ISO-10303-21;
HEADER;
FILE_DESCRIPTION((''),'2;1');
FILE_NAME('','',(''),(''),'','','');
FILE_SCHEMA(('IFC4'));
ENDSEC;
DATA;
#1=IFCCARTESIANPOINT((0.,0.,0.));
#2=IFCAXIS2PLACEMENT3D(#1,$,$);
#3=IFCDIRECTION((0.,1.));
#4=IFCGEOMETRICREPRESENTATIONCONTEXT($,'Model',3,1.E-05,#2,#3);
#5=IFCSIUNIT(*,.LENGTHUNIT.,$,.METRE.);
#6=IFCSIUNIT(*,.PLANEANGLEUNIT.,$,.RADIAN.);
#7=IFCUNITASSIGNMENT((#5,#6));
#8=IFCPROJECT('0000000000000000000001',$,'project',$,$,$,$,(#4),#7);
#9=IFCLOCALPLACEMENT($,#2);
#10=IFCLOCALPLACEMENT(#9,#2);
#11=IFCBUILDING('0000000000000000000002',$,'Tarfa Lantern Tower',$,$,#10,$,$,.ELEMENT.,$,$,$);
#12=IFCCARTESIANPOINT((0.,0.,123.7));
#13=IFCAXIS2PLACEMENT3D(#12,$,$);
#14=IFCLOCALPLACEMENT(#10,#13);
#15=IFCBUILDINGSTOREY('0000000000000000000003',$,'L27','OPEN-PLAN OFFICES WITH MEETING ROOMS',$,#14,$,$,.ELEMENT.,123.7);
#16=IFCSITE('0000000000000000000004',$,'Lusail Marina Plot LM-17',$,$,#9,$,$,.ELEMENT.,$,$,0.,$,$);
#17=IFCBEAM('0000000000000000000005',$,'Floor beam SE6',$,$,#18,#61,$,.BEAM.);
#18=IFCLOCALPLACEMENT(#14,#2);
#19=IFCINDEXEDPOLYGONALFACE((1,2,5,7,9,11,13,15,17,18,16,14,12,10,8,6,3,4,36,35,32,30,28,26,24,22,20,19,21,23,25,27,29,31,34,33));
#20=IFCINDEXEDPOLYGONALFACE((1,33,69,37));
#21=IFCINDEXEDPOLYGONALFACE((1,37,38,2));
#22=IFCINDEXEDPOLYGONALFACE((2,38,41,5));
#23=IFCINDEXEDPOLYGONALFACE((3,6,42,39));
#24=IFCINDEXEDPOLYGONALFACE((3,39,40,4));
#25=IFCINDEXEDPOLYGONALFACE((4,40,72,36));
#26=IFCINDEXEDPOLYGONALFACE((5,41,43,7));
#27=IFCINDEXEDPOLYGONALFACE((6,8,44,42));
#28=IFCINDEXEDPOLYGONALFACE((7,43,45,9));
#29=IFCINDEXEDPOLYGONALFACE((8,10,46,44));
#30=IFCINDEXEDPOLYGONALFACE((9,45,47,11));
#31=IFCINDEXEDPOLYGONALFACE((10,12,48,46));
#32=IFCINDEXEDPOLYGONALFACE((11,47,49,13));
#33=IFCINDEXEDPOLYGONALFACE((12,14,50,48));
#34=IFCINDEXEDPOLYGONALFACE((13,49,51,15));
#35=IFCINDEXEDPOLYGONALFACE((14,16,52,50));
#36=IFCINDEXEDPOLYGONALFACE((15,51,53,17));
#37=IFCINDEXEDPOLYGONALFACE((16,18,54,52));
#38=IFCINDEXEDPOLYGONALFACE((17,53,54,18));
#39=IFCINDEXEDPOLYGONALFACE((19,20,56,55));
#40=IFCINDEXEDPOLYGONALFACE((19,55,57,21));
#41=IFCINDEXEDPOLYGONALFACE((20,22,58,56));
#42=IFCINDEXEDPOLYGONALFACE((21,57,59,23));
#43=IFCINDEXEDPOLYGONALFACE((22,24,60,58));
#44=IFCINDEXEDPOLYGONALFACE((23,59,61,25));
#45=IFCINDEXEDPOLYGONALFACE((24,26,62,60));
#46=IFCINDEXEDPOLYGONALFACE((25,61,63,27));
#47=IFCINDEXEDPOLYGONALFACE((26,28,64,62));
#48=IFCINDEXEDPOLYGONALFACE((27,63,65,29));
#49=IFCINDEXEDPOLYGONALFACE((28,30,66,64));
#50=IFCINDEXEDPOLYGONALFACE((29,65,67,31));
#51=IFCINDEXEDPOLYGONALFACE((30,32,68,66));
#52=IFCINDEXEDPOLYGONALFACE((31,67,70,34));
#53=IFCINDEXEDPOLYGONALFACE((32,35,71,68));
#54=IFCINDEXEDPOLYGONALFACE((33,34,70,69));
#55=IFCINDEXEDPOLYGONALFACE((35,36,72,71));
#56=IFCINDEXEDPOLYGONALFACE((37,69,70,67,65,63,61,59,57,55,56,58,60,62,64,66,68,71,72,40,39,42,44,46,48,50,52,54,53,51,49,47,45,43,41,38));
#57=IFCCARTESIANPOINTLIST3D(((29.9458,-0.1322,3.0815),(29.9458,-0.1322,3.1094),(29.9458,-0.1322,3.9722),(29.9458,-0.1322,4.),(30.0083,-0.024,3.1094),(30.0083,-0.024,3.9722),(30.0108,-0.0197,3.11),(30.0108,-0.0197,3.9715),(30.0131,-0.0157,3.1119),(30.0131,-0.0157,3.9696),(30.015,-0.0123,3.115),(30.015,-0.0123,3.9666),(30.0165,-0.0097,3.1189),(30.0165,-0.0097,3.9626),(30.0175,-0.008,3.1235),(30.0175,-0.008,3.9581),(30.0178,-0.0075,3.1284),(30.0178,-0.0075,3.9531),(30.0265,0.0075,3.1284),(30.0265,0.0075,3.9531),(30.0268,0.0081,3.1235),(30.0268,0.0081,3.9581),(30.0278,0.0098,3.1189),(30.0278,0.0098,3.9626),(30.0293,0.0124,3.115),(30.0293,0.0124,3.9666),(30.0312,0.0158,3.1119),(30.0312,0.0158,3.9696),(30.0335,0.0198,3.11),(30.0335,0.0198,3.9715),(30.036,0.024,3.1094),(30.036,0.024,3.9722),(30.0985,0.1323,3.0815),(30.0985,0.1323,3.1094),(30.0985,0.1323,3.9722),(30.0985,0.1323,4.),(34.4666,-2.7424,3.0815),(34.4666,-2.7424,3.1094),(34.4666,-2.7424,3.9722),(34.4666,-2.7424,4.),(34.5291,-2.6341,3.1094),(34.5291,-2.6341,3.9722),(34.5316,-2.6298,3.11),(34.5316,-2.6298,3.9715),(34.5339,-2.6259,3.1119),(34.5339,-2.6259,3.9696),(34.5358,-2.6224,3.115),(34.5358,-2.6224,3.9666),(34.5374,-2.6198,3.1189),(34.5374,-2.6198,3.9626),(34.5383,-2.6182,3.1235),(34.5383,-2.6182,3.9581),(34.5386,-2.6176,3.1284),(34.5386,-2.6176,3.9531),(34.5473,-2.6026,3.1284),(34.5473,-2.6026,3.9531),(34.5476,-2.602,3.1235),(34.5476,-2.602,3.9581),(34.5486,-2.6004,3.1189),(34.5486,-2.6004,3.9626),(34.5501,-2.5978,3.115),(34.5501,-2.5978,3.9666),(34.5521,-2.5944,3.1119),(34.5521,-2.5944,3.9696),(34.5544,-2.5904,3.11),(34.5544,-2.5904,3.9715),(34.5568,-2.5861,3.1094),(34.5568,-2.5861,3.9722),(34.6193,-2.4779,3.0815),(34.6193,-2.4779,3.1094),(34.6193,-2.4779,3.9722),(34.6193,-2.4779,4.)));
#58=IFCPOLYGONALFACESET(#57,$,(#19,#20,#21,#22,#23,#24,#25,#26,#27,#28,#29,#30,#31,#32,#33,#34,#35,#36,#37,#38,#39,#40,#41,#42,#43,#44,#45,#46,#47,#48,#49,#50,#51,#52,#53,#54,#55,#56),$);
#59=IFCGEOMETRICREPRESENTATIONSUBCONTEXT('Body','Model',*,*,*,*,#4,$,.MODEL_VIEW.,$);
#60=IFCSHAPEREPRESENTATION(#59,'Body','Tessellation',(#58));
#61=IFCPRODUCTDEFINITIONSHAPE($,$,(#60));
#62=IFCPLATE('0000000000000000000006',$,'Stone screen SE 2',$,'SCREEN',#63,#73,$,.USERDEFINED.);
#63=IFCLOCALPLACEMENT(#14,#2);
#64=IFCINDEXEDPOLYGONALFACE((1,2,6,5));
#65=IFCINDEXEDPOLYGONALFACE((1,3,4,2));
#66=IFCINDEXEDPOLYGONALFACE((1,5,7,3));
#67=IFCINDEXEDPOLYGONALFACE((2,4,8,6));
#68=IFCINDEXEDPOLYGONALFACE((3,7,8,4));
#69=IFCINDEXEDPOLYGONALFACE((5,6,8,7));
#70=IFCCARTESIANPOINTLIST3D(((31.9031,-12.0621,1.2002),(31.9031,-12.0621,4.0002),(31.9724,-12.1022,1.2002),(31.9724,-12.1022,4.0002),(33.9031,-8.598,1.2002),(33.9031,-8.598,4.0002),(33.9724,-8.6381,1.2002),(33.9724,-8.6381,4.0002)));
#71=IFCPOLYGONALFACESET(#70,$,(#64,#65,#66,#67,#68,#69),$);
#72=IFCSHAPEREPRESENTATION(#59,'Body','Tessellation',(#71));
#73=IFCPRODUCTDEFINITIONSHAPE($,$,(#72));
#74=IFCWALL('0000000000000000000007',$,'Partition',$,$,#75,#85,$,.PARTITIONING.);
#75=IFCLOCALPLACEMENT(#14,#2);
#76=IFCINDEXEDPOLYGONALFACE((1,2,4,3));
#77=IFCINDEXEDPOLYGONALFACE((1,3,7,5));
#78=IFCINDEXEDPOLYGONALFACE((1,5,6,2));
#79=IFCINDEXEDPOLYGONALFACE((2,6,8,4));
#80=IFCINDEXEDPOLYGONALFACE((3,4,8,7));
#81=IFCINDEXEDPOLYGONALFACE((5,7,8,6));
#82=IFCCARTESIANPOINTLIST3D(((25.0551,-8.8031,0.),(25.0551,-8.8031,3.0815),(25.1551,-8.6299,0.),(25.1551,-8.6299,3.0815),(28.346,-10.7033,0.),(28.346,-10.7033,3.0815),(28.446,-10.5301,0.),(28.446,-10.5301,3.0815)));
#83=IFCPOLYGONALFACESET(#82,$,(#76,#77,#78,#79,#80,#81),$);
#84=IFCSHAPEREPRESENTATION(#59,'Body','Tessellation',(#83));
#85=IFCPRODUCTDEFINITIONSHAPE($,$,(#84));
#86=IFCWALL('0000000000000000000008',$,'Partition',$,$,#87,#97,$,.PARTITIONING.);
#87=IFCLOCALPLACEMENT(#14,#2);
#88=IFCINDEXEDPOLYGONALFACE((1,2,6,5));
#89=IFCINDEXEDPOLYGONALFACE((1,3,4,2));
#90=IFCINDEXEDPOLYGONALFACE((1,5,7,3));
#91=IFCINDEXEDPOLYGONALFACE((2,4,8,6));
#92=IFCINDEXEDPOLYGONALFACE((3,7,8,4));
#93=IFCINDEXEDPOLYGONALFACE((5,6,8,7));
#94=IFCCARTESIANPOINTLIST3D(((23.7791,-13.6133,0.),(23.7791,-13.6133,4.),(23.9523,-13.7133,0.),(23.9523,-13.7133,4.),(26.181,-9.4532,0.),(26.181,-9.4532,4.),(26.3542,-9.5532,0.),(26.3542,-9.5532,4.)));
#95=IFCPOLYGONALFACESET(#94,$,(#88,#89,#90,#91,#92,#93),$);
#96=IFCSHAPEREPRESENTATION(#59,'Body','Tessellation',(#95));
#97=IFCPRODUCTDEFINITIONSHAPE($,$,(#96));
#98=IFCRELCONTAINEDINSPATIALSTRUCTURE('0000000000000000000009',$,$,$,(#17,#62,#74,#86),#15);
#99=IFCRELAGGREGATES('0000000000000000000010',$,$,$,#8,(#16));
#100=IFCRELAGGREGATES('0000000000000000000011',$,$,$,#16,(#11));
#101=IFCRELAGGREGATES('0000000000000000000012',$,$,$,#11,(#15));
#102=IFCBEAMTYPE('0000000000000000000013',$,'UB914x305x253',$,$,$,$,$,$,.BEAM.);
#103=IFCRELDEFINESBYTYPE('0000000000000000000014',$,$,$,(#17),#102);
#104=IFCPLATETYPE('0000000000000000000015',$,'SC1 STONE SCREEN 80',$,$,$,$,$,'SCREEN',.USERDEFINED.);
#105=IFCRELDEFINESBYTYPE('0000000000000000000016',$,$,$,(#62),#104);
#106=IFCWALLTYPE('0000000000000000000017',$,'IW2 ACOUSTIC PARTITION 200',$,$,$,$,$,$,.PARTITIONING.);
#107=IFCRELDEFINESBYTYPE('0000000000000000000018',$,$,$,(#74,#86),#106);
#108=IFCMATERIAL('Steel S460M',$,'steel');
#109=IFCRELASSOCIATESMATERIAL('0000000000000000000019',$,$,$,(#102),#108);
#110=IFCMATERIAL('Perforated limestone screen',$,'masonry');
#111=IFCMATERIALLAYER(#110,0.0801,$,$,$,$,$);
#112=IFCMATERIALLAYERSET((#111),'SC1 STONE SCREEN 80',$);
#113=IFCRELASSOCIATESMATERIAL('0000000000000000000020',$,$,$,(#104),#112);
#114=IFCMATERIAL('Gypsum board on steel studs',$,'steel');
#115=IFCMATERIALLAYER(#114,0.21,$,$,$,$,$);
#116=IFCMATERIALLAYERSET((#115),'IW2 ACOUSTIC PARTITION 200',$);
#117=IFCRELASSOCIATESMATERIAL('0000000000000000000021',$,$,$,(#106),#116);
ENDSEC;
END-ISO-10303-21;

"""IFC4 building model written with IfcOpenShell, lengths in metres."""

from ifc_helpers import new_model, si_unit, direction, frame, frame_2d, origin, origin_2d, place, context, subcontext, project, spatial, rectangle, i_section, extrude, material, layer, layer_set, material_profile, profile_set, type_object, element, save


model = new_model("IFC4")

# Units and contexts
model_context = context("Model", 3, precision=1e-05, world=origin(), true_north=direction((0.0, 1.0)))
body_context = subcontext(model_context, "Body", "Model", "MODEL_VIEW")
ifc_project = project(units=[si_unit("LENGTHUNIT", "METRE"), si_unit("PLANEANGLEUNIT", "RADIAN")], contexts=[model_context])

# Site, building, storey
site_placement = place(None, origin())
site = spatial("IfcSite", under=ifc_project, at=site_placement, Name="Lusail Marina Plot LM-17", CompositionType="ELEMENT", RefElevation=0.0)
building_placement = place(site_placement, origin())
building = spatial("IfcBuilding", under=site, at=building_placement, Name="Tarfa Lantern Tower", CompositionType="ELEMENT")
storey_placement = place(building_placement, frame((0.0, 0.0, 123.7)))
storey = spatial("IfcBuildingStorey", under=building, at=storey_placement, Name="L27", Description="OPEN-PLAN OFFICES WITH MEETING ROOMS", CompositionType="ELEMENT", Elevation=123.7)

# Beam
ifc_material_1 = material(Name="Steel S460M", Category="steel")
ifc_material_profile_1 = material_profile(ifc_material_1, i_section(OverallWidth=0.3054, OverallDepth=0.9185, WebThickness=0.0173, FlangeThickness=0.0278, FilletRadius=0.019, at=origin_2d()), Name="UB914x305x253")
ifc_profile_set_1 = profile_set([ifc_material_profile_1], Name="Steel S460M")
beam_type_1 = type_object("IfcBeamType", Name="UB914x305x253", PredefinedType="BEAM", material=ifc_profile_set_1)
beam_1_placement = place(storey_placement, frame((34.543, -2.6101, 3.5408), z_axis=(-0.866021, 0.500007, 0.0), x_axis=(-0.500007, -0.866021, 0.0)))
element("IfcBeam", 1, at=beam_1_placement, inside=storey, type_object=beam_type_1, Name="Floor beam SE6", PredefinedType="BEAM", context=body_context, shape_type="SweptSolid", body=[
    extrude(i_section(OverallWidth=0.3054, OverallDepth=0.9185, WebThickness=0.0173, FlangeThickness=0.0278, FilletRadius=0.019, at=origin_2d()), origin(), (0.0, 0.0, 1.0), 5.2202),
])

# Plate
ifc_material_2 = material(Name="Perforated limestone screen", Category="masonry")
ifc_layer_1 = layer(ifc_material_2, 0.0801)
ifc_layer_set_1 = layer_set([ifc_layer_1], Name="SC1 STONE SCREEN 80")
plate_type = type_object("IfcPlateType", Name="SC1 STONE SCREEN 80", ElementType="SCREEN", PredefinedType="USERDEFINED", material=ifc_layer_set_1)
plate_placement = place(storey_placement, frame((32.9377, -10.3501, 1.2002), z_axis=(0.0, 0.0, 1.0), x_axis=(0.5, 0.866025, 0.0)))
element("IfcPlate", 2, at=plate_placement, inside=storey, type_object=plate_type, Name="Stone screen SE 2", ObjectType="SCREEN", PredefinedType="USERDEFINED", context=body_context, shape_type="SweptSolid", body=[
    extrude(rectangle(XDim=4.0, YDim=0.0801, at=origin_2d()), origin(), (0.0, 0.0, 1.0), 2.8),
])

# Walls
ifc_material_3 = material(Name="Gypsum board on steel studs", Category="steel")
ifc_layer_2 = layer(ifc_material_3, 0.21)
ifc_layer_set_2 = layer_set([ifc_layer_2], Name="IW2 ACOUSTIC PARTITION 200")
wall_type = type_object("IfcWallType", Name="IW2 ACOUSTIC PARTITION 200", PredefinedType="PARTITIONING", material=ifc_layer_set_2)
wall_1_placement = place(storey_placement, frame((25.1052, -8.7166, 0.0), z_axis=(0.0, 0.0, 1.0), x_axis=(0.866, -0.500043, 0.0)))
element("IfcWall", 3, at=wall_1_placement, inside=storey, type_object=wall_type, Name="Partition", PredefinedType="PARTITIONING", context=body_context, shape_type="SweptSolid", body=[
    extrude(rectangle(XDim=3.8, YDim=0.2, at=frame_2d((1.8999, 0.0))), origin(), (0.0, 0.0, 1.0), 3.0815),
])
wall_2_placement = place(storey_placement, frame((23.8657, -13.6633, 0.0), z_axis=(0.0, 0.0, 1.0), x_axis=(0.499998, 0.866026, 0.0)))
element("IfcWall", 4, at=wall_2_placement, inside=storey, type_object=wall_type, Name="Partition", PredefinedType="PARTITIONING", context=body_context, shape_type="SweptSolid", body=[
    extrude(rectangle(XDim=4.8037, YDim=0.2, at=frame_2d((2.4019, 0.0))), origin(), (0.0, 0.0, 1.0), 4.0),
])

save(model, "model.ifc")
